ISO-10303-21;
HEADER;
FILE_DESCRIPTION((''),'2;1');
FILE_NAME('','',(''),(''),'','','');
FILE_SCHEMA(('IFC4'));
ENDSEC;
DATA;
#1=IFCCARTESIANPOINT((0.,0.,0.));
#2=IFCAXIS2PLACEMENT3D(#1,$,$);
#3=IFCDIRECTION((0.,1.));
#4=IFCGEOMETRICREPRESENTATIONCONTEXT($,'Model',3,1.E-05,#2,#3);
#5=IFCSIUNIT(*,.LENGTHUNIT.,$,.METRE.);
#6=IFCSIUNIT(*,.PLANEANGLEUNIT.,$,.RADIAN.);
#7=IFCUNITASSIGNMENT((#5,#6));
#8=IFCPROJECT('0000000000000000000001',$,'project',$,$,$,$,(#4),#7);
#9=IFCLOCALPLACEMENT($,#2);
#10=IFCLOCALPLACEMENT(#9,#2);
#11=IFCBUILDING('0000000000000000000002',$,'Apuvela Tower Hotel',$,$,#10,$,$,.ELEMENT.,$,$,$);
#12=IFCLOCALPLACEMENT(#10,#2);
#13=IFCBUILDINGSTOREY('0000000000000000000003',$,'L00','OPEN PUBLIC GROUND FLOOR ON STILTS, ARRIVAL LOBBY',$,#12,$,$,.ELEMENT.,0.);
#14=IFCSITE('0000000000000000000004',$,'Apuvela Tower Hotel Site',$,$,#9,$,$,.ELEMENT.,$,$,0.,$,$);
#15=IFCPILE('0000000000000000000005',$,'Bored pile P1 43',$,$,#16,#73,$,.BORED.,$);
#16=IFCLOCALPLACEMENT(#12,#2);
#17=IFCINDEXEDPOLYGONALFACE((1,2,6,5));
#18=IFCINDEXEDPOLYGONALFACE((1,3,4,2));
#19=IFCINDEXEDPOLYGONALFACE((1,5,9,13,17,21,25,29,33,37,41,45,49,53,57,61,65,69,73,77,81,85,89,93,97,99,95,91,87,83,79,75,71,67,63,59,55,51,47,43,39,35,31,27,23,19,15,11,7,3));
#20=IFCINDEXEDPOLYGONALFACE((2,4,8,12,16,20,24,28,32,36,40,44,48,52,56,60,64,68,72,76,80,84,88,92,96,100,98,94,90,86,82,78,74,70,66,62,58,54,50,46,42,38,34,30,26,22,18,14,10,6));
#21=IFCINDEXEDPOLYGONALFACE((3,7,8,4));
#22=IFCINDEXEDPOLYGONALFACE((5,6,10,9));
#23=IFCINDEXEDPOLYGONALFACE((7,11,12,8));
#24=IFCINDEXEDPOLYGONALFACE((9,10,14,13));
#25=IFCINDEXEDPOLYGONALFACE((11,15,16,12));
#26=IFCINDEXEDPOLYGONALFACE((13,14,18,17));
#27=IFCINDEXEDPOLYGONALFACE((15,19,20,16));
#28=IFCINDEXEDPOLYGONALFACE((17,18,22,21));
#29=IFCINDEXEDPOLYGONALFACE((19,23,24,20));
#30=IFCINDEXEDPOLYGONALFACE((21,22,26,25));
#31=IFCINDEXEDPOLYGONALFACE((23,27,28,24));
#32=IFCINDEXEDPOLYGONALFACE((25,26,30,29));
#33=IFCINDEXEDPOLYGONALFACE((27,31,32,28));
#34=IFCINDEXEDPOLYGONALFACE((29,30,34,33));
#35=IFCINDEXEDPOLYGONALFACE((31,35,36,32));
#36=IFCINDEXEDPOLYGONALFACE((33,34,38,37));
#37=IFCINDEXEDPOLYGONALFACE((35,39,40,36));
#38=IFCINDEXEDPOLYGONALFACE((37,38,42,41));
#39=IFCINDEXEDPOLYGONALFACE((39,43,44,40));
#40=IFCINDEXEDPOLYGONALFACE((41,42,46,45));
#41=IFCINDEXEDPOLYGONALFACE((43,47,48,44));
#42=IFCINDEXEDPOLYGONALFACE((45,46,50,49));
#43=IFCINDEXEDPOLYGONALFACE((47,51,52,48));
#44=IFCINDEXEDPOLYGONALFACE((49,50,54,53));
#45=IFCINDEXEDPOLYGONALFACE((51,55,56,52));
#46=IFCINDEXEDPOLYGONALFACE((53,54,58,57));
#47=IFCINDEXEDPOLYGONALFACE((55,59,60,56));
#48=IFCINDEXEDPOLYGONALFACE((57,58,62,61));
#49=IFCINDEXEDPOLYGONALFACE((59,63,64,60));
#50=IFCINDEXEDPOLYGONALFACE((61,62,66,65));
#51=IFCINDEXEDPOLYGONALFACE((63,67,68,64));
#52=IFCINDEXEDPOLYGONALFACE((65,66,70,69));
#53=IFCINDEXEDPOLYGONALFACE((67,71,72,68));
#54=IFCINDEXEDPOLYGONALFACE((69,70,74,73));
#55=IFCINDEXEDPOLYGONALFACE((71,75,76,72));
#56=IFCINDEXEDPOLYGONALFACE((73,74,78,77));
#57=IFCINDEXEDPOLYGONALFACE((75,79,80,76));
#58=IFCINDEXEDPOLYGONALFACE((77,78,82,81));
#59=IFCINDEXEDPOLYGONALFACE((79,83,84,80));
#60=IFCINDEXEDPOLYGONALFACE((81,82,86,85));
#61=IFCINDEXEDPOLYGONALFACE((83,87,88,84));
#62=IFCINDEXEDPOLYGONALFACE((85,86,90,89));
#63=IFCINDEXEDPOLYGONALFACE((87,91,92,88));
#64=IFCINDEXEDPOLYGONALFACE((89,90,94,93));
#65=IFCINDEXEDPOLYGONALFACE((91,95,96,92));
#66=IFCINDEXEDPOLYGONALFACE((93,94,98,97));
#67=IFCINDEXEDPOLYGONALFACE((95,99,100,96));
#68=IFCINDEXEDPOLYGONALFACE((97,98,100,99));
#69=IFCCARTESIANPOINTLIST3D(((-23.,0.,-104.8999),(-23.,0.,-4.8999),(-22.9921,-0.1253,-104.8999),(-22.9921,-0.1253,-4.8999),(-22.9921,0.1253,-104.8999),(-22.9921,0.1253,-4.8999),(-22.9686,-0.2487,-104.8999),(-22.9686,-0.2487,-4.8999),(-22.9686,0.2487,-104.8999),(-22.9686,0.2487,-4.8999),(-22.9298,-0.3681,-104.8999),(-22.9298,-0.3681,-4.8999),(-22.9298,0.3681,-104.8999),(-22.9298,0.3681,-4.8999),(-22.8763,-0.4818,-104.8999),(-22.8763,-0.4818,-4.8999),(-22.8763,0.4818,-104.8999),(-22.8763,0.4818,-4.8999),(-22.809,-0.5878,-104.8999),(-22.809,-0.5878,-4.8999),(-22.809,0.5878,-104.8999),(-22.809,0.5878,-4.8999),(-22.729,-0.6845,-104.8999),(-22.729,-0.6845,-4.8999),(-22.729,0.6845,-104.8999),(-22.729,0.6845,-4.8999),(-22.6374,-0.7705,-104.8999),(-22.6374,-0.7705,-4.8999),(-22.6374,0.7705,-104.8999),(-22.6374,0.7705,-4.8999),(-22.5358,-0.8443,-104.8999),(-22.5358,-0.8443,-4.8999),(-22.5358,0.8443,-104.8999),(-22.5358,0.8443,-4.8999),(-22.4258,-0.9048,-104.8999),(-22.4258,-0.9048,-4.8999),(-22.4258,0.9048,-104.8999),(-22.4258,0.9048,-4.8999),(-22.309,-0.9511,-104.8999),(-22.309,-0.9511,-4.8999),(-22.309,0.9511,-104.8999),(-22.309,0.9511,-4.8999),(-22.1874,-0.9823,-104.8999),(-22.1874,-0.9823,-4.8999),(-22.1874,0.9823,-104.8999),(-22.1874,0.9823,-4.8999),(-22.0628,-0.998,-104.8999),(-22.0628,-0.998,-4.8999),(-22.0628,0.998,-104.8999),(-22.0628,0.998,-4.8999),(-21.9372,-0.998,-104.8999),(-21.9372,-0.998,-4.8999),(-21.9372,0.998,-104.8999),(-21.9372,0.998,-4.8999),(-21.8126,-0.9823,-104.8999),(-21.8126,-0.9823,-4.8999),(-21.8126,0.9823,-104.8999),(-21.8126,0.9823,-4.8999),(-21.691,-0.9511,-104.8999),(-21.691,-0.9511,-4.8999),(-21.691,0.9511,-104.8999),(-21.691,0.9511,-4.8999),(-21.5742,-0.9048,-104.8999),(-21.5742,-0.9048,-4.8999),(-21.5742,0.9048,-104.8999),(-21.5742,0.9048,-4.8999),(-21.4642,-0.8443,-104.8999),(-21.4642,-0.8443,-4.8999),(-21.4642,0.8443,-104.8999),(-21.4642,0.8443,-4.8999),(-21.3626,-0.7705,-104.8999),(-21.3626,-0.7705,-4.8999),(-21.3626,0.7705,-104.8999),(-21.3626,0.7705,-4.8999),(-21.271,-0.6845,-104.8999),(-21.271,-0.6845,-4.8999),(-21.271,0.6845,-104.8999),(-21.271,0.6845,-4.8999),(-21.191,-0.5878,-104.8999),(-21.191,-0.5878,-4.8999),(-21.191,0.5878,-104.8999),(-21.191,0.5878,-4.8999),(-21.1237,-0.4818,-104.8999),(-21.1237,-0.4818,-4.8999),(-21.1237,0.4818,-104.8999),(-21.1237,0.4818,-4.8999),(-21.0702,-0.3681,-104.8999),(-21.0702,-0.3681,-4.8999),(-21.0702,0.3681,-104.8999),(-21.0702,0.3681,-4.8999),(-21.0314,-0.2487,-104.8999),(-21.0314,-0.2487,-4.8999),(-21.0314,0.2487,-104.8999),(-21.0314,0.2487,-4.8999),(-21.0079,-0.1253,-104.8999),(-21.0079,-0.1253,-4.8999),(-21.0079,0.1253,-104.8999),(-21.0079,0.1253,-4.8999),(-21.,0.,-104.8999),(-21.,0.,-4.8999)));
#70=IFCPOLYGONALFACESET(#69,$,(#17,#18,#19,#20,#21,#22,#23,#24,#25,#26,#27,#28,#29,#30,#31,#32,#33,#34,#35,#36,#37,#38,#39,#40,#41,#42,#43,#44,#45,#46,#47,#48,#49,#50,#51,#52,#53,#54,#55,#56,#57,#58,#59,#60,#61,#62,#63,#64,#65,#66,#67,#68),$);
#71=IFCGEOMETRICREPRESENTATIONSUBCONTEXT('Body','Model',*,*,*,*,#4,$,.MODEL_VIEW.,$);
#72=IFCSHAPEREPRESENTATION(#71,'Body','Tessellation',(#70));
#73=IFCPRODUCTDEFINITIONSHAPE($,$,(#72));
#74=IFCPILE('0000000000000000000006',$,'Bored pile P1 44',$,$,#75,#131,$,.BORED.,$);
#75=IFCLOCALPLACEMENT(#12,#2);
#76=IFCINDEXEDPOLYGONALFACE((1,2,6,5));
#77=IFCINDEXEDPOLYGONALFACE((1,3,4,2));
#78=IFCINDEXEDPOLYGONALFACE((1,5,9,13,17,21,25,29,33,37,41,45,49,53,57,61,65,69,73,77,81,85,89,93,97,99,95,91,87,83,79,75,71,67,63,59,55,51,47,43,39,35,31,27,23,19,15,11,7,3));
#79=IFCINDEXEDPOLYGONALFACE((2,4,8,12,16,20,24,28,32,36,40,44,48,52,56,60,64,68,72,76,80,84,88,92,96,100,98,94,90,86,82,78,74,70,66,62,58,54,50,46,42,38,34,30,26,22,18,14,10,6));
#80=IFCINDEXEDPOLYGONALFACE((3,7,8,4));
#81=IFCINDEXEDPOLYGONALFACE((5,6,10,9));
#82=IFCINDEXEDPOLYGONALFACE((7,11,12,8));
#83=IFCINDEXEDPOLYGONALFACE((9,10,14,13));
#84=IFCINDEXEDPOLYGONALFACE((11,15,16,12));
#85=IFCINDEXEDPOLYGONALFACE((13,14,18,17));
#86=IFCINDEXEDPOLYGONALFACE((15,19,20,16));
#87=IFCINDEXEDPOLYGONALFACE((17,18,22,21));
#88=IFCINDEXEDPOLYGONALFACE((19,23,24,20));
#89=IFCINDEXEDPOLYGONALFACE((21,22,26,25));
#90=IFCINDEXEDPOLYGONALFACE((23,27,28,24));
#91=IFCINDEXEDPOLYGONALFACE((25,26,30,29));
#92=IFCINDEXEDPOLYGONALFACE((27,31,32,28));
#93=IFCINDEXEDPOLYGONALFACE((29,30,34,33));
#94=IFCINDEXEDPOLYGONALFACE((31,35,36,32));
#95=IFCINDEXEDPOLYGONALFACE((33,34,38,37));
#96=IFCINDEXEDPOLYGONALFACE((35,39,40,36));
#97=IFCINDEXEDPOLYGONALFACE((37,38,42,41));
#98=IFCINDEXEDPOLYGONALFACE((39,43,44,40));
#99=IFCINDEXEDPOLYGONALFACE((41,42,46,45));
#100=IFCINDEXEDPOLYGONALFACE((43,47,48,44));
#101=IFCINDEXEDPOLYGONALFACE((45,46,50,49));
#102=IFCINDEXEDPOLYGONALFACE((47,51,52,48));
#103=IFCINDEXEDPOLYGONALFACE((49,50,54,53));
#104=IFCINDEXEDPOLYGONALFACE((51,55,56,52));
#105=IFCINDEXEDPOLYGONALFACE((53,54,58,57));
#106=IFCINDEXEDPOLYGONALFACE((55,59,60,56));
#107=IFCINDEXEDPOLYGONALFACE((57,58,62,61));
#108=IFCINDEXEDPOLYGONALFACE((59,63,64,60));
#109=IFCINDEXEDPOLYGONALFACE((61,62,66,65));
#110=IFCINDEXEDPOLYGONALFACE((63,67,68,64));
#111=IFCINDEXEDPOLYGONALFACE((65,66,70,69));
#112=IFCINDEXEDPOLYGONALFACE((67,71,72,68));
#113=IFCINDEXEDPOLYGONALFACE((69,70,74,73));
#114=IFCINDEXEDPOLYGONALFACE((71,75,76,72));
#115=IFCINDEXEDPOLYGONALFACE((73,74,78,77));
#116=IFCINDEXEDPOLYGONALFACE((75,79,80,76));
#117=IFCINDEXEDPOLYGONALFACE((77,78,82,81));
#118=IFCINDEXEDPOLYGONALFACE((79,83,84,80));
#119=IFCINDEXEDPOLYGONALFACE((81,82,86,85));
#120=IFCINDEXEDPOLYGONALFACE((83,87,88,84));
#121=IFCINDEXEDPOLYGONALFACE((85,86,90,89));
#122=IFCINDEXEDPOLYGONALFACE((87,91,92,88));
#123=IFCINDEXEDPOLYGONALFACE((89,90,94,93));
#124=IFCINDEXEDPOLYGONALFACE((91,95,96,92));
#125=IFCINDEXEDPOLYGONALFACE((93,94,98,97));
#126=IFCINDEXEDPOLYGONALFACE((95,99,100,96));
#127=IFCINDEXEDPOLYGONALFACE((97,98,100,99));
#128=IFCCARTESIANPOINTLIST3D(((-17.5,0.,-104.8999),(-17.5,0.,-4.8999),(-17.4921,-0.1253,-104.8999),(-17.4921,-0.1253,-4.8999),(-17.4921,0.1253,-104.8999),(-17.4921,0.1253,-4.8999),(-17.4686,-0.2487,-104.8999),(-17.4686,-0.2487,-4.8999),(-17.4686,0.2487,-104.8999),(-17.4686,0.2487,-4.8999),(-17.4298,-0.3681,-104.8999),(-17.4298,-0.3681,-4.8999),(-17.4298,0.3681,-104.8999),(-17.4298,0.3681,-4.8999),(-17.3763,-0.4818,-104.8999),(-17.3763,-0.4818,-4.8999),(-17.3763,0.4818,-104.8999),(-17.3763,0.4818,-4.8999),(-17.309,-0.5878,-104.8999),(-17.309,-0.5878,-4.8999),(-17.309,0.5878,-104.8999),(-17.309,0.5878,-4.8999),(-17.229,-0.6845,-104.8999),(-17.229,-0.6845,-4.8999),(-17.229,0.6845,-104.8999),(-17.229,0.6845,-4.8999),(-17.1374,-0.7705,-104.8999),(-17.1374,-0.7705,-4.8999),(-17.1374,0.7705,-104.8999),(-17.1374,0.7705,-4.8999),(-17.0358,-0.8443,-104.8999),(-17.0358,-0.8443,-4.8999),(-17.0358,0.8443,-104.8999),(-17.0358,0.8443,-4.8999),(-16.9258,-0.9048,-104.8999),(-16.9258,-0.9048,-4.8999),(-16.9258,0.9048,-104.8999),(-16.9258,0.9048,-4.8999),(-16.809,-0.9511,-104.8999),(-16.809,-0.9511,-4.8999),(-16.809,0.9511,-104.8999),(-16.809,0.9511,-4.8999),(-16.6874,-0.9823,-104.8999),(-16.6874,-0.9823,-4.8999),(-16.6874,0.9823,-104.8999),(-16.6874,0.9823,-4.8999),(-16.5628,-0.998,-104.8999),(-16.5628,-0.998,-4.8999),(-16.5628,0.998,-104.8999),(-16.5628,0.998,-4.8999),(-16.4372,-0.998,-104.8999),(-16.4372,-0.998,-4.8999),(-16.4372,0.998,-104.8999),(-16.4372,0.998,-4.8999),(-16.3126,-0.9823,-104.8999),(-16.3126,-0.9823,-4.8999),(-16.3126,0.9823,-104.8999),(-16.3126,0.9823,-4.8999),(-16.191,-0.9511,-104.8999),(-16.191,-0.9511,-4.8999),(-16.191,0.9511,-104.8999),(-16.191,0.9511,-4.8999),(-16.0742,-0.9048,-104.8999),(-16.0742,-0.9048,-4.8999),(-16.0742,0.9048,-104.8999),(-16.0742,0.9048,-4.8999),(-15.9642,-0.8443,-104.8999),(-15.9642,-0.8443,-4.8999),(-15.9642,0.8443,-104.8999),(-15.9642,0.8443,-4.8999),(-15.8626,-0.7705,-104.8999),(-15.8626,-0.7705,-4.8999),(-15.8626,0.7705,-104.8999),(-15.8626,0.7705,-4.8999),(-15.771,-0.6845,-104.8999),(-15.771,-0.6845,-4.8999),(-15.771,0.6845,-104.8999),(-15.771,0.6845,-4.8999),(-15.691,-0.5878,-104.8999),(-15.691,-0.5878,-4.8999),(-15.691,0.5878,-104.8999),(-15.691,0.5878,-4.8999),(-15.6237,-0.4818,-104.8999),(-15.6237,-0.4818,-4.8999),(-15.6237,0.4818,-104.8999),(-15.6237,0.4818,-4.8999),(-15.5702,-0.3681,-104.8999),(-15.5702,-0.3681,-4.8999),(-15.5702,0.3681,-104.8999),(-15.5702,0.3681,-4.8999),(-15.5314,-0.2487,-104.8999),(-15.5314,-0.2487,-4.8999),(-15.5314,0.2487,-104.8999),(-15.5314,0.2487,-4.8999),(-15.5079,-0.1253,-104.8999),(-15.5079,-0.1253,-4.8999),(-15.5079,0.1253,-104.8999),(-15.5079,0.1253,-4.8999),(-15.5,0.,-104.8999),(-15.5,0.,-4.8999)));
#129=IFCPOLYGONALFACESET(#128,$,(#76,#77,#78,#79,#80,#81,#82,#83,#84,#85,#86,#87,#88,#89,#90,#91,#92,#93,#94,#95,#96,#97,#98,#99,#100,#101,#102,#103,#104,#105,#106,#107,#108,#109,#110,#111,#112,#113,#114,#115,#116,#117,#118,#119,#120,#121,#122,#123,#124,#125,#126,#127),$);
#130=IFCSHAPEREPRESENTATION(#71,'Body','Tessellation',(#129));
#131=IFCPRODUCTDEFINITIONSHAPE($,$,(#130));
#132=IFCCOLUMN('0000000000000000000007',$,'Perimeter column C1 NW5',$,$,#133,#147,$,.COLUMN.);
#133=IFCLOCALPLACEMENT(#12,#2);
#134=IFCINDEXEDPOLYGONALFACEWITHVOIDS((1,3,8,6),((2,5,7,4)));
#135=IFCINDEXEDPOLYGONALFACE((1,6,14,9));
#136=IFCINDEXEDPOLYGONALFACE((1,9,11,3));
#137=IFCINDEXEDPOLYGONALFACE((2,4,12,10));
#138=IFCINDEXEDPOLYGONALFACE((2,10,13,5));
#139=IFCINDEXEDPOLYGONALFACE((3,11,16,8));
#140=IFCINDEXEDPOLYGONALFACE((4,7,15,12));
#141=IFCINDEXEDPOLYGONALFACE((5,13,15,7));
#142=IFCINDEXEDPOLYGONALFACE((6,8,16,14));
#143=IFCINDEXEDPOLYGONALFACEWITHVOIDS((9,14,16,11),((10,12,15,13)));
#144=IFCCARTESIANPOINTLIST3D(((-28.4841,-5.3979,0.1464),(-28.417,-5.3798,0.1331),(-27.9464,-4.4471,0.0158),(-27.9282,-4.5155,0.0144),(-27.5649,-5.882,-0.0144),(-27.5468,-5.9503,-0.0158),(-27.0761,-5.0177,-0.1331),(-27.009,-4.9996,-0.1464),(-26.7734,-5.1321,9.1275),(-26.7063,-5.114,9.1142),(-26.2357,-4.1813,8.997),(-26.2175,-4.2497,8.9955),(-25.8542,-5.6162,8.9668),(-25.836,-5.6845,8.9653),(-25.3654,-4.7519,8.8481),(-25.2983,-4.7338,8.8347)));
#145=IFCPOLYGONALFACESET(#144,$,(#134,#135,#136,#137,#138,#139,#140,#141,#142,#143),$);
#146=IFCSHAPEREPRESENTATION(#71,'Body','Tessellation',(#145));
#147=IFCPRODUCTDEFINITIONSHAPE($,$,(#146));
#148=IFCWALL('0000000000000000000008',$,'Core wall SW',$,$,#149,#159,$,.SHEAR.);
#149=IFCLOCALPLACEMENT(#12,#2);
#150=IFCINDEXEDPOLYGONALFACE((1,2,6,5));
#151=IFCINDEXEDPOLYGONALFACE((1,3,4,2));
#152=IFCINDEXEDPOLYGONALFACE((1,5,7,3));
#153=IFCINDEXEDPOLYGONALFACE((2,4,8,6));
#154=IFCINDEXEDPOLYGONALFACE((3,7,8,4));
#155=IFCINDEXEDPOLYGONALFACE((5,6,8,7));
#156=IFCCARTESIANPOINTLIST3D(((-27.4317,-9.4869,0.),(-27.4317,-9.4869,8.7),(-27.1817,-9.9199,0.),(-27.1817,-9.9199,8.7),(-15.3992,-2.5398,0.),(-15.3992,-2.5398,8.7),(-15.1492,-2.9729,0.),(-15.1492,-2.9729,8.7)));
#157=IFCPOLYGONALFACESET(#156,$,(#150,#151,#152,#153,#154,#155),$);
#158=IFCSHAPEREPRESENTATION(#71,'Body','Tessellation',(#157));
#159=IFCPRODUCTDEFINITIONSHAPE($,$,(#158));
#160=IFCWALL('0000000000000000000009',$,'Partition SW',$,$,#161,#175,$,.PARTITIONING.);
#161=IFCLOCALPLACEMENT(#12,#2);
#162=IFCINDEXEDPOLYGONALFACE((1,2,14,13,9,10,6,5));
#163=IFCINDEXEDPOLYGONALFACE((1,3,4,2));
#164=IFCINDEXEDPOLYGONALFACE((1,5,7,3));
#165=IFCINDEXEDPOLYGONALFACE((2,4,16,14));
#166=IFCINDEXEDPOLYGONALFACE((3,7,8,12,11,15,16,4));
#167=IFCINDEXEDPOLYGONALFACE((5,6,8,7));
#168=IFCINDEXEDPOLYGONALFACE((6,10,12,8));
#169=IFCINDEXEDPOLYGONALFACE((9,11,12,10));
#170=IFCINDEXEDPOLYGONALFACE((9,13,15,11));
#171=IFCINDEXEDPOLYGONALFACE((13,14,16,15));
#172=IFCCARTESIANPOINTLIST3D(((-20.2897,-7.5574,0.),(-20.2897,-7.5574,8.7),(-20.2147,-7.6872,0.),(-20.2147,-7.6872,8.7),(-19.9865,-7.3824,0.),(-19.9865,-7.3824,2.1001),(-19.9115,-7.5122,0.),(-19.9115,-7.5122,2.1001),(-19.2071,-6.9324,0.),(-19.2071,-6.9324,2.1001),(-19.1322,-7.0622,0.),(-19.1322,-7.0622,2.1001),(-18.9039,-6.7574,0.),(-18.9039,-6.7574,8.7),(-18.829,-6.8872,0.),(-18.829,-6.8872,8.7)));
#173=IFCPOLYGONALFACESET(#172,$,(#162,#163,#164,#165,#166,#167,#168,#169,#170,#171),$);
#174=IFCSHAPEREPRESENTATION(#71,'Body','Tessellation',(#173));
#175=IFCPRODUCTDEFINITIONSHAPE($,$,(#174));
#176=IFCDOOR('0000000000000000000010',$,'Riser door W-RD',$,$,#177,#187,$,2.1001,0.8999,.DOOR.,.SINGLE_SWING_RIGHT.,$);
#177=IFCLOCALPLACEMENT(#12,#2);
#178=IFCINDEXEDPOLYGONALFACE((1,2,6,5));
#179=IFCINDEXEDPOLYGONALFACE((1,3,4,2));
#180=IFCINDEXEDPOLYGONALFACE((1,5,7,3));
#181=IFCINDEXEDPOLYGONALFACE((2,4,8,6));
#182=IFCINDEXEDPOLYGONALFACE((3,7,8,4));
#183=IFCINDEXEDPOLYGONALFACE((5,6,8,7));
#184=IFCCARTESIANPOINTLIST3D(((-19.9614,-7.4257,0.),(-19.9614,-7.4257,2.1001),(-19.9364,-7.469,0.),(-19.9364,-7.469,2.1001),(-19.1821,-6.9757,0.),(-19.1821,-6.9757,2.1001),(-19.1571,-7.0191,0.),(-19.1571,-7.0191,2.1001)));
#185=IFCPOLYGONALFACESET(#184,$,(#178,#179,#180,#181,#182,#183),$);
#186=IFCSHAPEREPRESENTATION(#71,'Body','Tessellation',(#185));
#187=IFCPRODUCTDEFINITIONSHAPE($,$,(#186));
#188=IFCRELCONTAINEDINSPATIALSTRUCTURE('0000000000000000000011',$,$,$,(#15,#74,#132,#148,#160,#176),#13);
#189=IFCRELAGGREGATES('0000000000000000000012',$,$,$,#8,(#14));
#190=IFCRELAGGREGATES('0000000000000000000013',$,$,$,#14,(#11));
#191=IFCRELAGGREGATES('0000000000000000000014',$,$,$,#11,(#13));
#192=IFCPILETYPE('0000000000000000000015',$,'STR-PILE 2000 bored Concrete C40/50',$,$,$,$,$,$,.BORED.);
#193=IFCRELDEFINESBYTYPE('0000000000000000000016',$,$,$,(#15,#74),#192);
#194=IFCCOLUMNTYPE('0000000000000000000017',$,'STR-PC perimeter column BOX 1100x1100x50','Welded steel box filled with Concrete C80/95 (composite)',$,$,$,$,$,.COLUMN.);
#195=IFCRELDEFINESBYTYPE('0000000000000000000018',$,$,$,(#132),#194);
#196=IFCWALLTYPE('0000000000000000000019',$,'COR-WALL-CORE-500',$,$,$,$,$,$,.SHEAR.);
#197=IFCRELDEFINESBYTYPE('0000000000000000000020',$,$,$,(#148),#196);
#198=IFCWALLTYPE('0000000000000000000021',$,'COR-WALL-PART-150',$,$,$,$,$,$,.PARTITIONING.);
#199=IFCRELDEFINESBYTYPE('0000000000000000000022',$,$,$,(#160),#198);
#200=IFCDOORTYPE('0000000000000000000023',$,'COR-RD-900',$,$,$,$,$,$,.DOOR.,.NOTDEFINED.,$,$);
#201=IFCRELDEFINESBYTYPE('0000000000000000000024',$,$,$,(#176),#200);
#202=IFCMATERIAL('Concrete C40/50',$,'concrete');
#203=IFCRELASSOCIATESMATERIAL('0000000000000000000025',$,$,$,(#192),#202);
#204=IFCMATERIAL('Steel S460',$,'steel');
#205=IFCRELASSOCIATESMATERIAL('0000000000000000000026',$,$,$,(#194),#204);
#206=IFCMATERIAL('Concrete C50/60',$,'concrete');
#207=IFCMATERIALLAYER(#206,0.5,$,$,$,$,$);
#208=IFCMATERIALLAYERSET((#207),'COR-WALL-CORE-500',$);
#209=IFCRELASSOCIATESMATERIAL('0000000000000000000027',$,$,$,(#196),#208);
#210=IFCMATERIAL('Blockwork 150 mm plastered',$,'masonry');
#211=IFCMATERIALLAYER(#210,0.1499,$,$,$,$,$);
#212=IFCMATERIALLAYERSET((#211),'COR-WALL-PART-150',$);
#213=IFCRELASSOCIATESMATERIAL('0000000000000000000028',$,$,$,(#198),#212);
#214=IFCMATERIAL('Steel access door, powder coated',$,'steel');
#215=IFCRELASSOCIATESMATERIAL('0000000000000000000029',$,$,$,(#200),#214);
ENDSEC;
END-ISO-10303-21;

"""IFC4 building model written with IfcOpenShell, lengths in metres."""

from ifc_helpers import new_model, si_unit, direction, frame, frame_2d, origin, origin_2d, place, context, subcontext, project, spatial, rectangle, hollow_rectangle, circle, extrude, boolean, halfspace, material, layer, layer_set, material_profile, profile_set, type_object, element, fill, save


model = new_model("IFC4")

# Units and contexts
model_context = context("Model", 3, precision=1e-05, world=origin(), true_north=direction((0.0, 1.0)))
body_context = subcontext(model_context, "Body", "Model", "MODEL_VIEW")
ifc_project = project(units=[si_unit("LENGTHUNIT", "METRE"), si_unit("PLANEANGLEUNIT", "RADIAN")], contexts=[model_context])

# Site, building, storey
site_placement = place(None, origin())
site = spatial("IfcSite", under=ifc_project, at=site_placement, Name="Apuvela Tower Hotel Site", CompositionType="ELEMENT", RefElevation=0.0)
building_placement = place(site_placement, origin())
building = spatial("IfcBuilding", under=site, at=building_placement, Name="Apuvela Tower Hotel", CompositionType="ELEMENT")
storey_placement = place(building_placement, origin())
storey = spatial("IfcBuildingStorey", under=building, at=storey_placement, Name="L00", Description="OPEN PUBLIC GROUND FLOOR ON STILTS, ARRIVAL LOBBY", CompositionType="ELEMENT", Elevation=0.0)

# Piles
ifc_material_1 = material(Name="Concrete C40/50", Category="concrete")
ifc_material_profile_1 = material_profile(ifc_material_1, circle(Radius=1.0, at=origin_2d()), Name="PILE 2000")
ifc_profile_set_1 = profile_set([ifc_material_profile_1], Name="Concrete C40/50")
pile_type = type_object("IfcPileType", Name="STR-PILE 2000 bored Concrete C40/50", PredefinedType="BORED", material=ifc_profile_set_1)
for number, where, z_axis, x_axis, name in (
    (1, (-22.0, 0.0, -4.8999), (0.0, 0.0, -1.0), (1.0, 0.0, 0.0), "Bored pile P1 43"),
    (2, (-16.5, 0.0, -4.8999), (0.0, 0.0, -1.0), (1.0, 0.0, 0.0), "Bored pile P1 44"),
):
    element("IfcPile", number, at=place(storey_placement, frame(where, z_axis=z_axis, x_axis=x_axis)), inside=storey, type_object=pile_type, Name=name, PredefinedType="BORED", context=body_context, shape_type="SweptSolid", body=[
        extrude(circle(Radius=1.0, at=origin_2d()), origin(), (0.0, 0.0, 1.0), 100.0),
    ])

# Column
ifc_material_2 = material(Name="Steel S460", Category="steel")
ifc_material_profile_2 = material_profile(ifc_material_2, hollow_rectangle(XDim=1.1001, YDim=1.1001, WallThickness=0.05, at=origin_2d()), Name="BOX 1100x1100x50")
ifc_material_3 = material(Name="Concrete C80/95", Category="concrete")
ifc_material_profile_3 = material_profile(ifc_material_3, rectangle(XDim=1.0, YDim=1.0, at=origin_2d()), Name="Concrete C80/95 infill")
ifc_profile_set_2 = profile_set([ifc_material_profile_2, ifc_material_profile_3], Name="Steel S460")
column_type = type_object("IfcColumnType", Name="STR-PC perimeter column BOX 1100x1100x50", Description="Welded steel box filled with Concrete C80/95 (composite)", PredefinedType="COLUMN", material=ifc_profile_set_2)
column_placement = place(storey_placement, frame((-27.7466, -5.1987, 0.0), z_axis=(0.18704, 0.02906, 0.981922), x_axis=(-0.488808, -0.86428, 0.118689)))
element("IfcColumn", 3, at=column_placement, inside=storey, type_object=column_type, Name="Perimeter column C1 NW5", PredefinedType="COLUMN", context=body_context, shape_type="SweptSolid", body=[
    boolean("DIFFERENCE", extrude(hollow_rectangle(XDim=1.1001, YDim=1.1001, WallThickness=0.05, at=origin_2d()), origin(), (0.0, 0.0, 1.0), 9.1658), halfspace(frame((0.0, 0.0, 9.1465), z_axis=(0.0, 0.0, 1.0), x_axis=(1.0, 0.0, 0.0)), False)),
])

# Wall
ifc_material_4 = material(Name="Concrete C50/60", Category="concrete")
ifc_layer_1 = layer(ifc_material_4, 0.5)
ifc_layer_set_1 = layer_set([ifc_layer_1], Name="COR-WALL-CORE-500")
wall_type_1 = type_object("IfcWallType", Name="COR-WALL-CORE-500", PredefinedType="SHEAR", material=ifc_layer_set_1)
wall_1_placement = place(storey_placement, frame((-15.2742, -2.7563, 0.0), z_axis=(0.0, 0.0, 1.0), x_axis=(-0.866023, -0.500004, 0.0)))
element("IfcWall", 4, at=wall_1_placement, inside=storey, type_object=wall_type_1, Name="Core wall SW", PredefinedType="SHEAR", context=body_context, shape_type="SweptSolid", body=[
    extrude(rectangle(XDim=13.894, YDim=0.5, at=frame_2d((6.947, 0.0))), origin(), (0.0, 0.0, 1.0), 8.7),
])

# Wall, opening, door
ifc_material_5 = material(Name="Blockwork 150 mm plastered", Category="masonry")
ifc_layer_2 = layer(ifc_material_5, 0.1499)
ifc_layer_set_2 = layer_set([ifc_layer_2], Name="COR-WALL-PART-150")
wall_type_2 = type_object("IfcWallType", Name="COR-WALL-PART-150", PredefinedType="PARTITIONING", material=ifc_layer_set_2)
wall_2_placement = place(storey_placement, frame((-18.8665, -6.8223, 0.0), z_axis=(0.0, 0.0, 1.0), x_axis=(-0.866028, -0.499995, 0.0)))
wall_2 = element("IfcWall", 5, at=wall_2_placement, inside=storey, type_object=wall_type_2, Name="Partition SW", PredefinedType="PARTITIONING", context=body_context, shape_type="SweptSolid", body=[
    extrude(rectangle(XDim=1.6001, YDim=0.1499, at=frame_2d((0.8, 0.0))), origin(), (0.0, 0.0, 1.0), 8.7),
])
opening_1_placement = place(wall_2_placement, frame((0.3501, 0.0, 0.0)))
opening_1 = element("IfcOpeningElement", 6, at=opening_1_placement, cuts=wall_2, PredefinedType="OPENING", context=body_context, shape_type="SweptSolid", body=[
    extrude(rectangle(XDim=0.8999, YDim=2.1001, at=frame_2d((0.45, 1.05))), frame((0.0, 0.085, 0.0), z_axis=(0.0, -1.0, 0.0), x_axis=(1.0, 0.0, 0.0)), (0.0, 0.0, 1.0), 0.1699),
])
ifc_material_6 = material(Name="Steel access door, powder coated", Category="steel")
door_type_1 = type_object("IfcDoorType", Name="COR-RD-900", OperationType="NOTDEFINED", PredefinedType="DOOR", material=ifc_material_6)
door_1_placement = place(opening_1_placement, frame((0.8999, 0.0, 0.0), z_axis=(0.0, 0.0, 1.0), x_axis=(-1.0, 0.0, 0.0)))
door_1 = element("IfcDoor", 7, at=door_1_placement, inside=storey, type_object=door_type_1, Name="Riser door W-RD", OperationType="SINGLE_SWING_RIGHT", OverallHeight=2.1001, OverallWidth=0.8999, PredefinedType="DOOR", context=body_context, shape_type="SweptSolid", body=[
    extrude(rectangle(XDim=0.8999, YDim=2.1001, at=frame_2d((0.45, 1.05))), frame((0.0, 0.0249, 0.0), z_axis=(0.0, -1.0, 0.0), x_axis=(1.0, 0.0, 0.0)), (0.0, 0.0, 1.0), 0.05),
])
fill(opening_1, door_1)

save(model, "model.ifc")
